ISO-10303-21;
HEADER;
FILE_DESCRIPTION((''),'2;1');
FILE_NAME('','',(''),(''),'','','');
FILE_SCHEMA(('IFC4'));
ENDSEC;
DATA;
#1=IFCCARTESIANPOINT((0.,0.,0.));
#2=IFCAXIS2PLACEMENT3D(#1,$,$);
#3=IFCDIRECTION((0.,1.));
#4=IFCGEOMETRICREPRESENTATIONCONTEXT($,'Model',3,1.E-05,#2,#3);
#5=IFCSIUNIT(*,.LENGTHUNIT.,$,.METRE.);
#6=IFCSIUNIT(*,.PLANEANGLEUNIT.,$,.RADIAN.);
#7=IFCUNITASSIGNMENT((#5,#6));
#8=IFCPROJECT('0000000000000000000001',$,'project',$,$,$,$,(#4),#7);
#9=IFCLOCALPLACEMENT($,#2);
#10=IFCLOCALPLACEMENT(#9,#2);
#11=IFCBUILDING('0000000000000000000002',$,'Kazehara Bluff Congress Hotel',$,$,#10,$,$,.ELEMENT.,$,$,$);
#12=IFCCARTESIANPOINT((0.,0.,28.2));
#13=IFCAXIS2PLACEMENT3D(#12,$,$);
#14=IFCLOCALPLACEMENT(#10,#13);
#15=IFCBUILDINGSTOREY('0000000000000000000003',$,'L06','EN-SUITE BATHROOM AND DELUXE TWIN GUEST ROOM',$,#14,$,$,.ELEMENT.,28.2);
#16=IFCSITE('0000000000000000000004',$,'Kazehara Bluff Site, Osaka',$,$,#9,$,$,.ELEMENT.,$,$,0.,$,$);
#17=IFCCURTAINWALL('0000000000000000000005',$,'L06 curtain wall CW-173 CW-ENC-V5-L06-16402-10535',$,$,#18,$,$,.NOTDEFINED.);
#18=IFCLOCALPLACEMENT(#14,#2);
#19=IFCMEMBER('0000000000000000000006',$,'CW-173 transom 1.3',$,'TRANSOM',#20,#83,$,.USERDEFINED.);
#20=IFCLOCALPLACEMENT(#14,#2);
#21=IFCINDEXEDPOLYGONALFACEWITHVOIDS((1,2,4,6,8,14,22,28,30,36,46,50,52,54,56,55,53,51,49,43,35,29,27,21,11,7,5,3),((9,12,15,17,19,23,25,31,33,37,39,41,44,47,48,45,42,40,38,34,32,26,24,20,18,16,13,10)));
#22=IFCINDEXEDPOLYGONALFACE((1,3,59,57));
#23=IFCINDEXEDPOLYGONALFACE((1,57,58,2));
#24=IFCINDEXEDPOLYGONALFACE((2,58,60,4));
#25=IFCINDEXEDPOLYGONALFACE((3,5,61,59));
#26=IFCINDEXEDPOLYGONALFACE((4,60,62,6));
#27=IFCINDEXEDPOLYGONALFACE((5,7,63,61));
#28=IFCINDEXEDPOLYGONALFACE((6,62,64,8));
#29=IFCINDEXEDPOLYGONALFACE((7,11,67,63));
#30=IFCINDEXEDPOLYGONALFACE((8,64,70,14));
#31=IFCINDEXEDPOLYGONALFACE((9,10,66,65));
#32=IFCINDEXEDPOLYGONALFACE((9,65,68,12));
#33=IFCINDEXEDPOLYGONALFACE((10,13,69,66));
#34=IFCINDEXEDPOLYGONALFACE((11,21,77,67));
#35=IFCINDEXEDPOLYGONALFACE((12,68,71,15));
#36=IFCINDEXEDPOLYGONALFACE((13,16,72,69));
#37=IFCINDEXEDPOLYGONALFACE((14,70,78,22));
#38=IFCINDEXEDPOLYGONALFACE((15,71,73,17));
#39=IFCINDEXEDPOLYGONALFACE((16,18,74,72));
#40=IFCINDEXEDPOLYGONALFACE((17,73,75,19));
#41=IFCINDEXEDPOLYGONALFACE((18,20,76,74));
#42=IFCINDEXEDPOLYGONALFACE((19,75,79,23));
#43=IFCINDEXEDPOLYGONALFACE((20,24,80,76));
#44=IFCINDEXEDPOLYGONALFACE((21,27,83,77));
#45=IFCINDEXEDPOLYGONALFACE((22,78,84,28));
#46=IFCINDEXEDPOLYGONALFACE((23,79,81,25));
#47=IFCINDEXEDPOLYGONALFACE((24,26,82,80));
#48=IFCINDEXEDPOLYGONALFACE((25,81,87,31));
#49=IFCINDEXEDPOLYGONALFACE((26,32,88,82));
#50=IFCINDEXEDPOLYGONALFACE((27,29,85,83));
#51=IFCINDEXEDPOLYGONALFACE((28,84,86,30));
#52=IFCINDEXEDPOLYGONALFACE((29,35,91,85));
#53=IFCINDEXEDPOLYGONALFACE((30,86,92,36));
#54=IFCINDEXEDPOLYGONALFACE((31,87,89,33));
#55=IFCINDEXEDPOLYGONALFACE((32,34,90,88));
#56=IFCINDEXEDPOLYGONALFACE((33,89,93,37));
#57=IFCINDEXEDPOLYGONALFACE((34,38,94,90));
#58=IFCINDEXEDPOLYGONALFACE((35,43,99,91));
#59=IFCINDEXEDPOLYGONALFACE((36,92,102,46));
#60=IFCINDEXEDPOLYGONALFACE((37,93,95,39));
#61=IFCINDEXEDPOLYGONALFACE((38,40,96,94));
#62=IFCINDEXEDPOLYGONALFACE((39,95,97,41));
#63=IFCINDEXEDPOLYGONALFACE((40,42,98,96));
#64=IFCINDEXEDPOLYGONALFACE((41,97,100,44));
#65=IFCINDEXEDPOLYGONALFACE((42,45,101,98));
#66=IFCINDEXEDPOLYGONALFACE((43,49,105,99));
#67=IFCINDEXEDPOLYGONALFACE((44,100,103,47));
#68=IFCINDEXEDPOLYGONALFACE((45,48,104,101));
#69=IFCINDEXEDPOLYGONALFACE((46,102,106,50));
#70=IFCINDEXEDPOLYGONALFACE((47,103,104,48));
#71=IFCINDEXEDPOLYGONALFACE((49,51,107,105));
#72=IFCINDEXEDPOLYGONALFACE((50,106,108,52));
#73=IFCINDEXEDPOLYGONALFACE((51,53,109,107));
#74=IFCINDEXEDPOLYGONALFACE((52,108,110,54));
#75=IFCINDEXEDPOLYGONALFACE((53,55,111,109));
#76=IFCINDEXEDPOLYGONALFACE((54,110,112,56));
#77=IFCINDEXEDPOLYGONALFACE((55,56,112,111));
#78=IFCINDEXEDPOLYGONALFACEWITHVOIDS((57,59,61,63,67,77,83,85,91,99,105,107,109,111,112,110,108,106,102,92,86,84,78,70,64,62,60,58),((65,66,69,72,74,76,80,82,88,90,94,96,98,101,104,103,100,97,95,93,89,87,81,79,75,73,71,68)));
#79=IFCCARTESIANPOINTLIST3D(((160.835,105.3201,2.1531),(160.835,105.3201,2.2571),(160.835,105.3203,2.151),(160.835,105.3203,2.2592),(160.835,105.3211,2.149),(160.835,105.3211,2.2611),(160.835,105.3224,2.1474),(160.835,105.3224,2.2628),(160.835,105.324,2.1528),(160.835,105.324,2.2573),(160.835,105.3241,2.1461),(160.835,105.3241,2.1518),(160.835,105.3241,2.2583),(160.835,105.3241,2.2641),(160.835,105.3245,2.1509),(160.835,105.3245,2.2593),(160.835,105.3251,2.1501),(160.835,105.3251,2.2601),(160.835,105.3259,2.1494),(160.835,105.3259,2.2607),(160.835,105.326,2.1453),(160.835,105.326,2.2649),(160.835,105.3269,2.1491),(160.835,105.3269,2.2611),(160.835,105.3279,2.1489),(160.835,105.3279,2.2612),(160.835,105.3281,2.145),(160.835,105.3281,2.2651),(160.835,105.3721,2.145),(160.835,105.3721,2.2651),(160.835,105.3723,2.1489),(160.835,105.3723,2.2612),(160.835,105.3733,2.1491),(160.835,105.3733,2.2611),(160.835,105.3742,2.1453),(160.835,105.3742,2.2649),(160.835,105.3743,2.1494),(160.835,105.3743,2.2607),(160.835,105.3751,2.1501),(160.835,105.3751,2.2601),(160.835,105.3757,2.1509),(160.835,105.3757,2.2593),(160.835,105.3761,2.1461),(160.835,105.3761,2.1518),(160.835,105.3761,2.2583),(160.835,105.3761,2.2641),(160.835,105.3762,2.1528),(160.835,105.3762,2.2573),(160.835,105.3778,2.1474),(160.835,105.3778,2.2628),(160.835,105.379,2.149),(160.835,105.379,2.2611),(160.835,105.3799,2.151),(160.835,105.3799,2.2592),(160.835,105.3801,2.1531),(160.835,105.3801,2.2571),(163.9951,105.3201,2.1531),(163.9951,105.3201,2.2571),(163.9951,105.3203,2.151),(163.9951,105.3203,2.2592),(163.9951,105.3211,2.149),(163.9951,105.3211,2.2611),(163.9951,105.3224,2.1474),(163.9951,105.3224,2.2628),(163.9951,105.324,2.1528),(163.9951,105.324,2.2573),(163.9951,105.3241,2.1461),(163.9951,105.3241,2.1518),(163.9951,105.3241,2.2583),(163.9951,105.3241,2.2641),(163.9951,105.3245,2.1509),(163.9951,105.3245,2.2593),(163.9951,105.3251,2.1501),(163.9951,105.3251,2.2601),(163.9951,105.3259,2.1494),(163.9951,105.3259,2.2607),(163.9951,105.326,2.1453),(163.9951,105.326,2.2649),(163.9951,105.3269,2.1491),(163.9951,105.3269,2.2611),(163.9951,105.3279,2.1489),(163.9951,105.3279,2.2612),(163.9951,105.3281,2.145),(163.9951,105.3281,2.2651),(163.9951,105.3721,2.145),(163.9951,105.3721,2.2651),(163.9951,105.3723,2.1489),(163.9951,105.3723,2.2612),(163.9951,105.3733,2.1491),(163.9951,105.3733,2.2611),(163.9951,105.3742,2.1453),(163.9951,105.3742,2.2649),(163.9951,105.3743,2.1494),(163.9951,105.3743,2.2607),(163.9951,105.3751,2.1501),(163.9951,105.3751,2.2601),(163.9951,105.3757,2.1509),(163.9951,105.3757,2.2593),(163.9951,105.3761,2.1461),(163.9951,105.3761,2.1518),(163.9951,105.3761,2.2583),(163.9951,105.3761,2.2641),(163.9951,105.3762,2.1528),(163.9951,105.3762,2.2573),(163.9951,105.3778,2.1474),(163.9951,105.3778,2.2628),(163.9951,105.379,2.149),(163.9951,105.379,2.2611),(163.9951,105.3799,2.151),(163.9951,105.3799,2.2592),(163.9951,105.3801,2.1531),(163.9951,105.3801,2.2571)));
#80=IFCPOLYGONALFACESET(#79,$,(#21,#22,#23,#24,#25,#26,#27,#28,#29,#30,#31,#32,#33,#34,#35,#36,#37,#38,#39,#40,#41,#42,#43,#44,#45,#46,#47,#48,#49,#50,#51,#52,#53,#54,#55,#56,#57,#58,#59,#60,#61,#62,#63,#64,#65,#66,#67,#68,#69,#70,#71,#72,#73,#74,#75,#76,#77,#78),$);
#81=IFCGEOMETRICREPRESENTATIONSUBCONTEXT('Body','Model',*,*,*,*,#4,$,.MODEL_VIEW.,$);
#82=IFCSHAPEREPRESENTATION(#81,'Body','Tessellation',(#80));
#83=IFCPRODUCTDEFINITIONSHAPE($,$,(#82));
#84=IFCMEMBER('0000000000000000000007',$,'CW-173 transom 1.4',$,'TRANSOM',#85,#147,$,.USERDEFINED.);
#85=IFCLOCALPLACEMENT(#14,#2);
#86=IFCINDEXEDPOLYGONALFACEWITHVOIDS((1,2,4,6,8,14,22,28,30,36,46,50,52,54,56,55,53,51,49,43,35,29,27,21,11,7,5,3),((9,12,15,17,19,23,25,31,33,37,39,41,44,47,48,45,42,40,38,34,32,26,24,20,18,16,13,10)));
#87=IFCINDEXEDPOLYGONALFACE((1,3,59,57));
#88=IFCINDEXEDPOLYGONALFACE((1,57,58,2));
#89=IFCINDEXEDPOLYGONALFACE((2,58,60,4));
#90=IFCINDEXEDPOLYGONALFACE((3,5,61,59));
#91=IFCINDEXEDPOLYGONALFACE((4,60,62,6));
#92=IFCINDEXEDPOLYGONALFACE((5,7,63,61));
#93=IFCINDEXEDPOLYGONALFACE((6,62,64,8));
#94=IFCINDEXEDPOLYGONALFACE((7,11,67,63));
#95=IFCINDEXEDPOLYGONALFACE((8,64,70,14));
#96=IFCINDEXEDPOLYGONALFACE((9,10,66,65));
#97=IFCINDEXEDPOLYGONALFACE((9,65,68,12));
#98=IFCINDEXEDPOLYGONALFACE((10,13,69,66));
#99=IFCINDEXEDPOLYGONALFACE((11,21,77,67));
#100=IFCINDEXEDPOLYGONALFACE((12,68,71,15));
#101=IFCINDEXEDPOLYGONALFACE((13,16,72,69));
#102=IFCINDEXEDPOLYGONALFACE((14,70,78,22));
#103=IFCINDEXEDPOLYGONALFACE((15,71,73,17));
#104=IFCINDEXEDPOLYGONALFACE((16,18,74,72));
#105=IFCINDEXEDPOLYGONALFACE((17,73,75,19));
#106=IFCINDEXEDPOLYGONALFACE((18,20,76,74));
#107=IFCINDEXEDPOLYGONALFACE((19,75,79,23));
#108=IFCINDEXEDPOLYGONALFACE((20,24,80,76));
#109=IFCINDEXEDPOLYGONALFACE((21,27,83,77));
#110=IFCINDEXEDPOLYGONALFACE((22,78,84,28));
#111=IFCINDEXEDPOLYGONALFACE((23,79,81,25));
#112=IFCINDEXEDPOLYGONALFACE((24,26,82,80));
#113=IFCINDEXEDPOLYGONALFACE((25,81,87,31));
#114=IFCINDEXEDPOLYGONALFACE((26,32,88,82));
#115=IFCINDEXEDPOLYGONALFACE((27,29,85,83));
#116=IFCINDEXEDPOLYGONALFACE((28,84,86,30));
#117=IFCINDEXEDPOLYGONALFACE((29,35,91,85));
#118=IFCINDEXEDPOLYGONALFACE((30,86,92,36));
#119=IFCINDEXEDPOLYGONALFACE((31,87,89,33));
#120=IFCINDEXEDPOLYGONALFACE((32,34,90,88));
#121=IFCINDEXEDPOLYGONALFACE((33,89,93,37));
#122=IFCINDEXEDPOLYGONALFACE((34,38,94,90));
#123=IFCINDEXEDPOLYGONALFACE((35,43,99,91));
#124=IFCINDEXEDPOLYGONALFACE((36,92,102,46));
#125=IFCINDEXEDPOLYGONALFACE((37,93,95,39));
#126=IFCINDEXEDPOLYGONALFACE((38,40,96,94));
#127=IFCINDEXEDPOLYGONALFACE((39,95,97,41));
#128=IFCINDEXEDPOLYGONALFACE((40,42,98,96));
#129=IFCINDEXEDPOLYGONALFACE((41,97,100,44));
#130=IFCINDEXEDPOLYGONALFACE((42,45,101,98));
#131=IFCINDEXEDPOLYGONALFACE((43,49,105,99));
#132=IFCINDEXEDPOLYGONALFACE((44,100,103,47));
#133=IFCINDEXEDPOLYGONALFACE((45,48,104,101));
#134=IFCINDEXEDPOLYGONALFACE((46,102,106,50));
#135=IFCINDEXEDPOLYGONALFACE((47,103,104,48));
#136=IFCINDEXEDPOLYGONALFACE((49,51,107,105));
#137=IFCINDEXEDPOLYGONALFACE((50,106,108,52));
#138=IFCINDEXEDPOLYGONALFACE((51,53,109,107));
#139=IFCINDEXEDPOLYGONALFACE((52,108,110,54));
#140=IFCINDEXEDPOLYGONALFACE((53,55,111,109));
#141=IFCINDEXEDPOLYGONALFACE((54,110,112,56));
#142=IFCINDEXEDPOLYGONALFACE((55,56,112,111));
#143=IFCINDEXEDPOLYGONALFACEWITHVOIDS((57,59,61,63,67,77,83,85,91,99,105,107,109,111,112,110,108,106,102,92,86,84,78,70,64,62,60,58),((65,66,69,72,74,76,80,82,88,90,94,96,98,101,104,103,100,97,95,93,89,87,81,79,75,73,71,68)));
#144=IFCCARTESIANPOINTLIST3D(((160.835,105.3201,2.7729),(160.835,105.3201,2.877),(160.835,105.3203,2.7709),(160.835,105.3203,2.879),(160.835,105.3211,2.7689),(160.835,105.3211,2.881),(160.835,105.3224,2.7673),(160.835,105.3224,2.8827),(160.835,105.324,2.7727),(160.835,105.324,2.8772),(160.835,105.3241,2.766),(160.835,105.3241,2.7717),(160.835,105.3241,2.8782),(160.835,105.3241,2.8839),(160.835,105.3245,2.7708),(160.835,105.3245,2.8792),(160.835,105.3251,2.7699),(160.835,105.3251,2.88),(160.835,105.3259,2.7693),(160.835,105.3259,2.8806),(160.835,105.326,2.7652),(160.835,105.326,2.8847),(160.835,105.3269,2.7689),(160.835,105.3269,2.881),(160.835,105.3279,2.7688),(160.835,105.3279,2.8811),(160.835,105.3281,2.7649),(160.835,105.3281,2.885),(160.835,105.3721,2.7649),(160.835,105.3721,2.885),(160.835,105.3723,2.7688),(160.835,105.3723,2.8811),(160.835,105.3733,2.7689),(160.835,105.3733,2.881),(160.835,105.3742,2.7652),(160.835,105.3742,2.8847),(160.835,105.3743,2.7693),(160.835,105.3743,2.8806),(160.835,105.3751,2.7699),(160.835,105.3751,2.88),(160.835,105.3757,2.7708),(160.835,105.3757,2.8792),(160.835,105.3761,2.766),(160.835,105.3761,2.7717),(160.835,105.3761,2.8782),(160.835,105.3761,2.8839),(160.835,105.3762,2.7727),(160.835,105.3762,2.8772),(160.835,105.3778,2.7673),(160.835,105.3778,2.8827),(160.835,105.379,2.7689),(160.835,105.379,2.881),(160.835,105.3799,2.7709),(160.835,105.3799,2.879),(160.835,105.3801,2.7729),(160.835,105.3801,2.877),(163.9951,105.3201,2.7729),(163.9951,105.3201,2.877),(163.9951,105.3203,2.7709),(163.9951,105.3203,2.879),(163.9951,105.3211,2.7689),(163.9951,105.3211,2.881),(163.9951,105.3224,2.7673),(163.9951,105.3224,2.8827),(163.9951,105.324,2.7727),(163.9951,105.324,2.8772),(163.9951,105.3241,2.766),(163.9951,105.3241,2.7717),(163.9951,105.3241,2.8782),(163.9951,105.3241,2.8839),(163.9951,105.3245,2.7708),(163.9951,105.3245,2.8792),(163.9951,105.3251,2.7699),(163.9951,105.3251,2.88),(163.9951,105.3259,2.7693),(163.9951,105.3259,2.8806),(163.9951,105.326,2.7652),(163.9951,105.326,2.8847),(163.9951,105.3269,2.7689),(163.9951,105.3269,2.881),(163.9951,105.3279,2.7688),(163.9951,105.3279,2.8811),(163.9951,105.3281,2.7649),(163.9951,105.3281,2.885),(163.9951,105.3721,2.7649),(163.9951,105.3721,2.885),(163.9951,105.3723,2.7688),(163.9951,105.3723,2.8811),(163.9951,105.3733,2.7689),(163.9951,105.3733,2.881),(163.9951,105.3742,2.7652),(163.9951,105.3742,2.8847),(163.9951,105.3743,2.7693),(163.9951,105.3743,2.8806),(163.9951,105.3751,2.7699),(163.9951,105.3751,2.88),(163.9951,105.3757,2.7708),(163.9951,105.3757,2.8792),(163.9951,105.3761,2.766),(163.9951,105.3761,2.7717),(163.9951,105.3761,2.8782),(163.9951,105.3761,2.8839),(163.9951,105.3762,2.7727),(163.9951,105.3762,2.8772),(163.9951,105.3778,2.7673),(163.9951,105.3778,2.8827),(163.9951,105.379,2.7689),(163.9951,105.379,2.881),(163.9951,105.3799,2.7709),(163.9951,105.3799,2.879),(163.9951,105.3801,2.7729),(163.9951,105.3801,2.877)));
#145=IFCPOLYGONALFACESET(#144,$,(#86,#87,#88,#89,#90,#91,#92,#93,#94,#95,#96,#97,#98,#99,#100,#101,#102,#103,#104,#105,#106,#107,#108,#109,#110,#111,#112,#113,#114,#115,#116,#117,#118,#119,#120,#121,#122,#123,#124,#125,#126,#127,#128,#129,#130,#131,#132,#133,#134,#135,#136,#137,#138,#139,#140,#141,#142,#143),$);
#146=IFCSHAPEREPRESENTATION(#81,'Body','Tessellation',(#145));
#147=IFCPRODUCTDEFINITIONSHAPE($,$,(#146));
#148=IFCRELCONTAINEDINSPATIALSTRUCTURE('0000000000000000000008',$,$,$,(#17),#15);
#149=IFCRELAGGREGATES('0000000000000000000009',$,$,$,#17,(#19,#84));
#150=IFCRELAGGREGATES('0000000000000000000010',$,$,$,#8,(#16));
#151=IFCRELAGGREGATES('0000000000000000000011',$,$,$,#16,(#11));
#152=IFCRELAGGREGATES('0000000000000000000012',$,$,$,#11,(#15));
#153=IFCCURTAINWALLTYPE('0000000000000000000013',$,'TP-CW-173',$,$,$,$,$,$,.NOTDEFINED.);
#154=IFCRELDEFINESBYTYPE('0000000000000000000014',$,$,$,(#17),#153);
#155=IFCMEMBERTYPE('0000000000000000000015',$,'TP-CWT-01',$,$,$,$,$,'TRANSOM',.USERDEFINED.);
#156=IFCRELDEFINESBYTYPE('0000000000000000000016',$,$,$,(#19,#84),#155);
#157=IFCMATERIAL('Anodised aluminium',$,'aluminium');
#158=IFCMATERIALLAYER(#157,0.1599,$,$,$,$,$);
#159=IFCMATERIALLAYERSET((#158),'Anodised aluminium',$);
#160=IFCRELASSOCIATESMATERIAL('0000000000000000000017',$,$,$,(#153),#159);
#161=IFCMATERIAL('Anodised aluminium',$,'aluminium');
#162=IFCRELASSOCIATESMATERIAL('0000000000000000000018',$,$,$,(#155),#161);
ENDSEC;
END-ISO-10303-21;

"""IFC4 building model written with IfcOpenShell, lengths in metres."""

from ifc_helpers import new_model, si_unit, direction, frame, origin, origin_2d, place, context, subcontext, project, spatial, hollow_rectangle, extrude, material, layer, layer_set, material_profile, profile_set, type_object, element, aggregate, save


model = new_model("IFC4")

# Units and contexts
model_context = context("Model", 3, precision=1e-05, world=origin(), true_north=direction((0.0, 1.0)))
body_context = subcontext(model_context, "Body", "Model", "MODEL_VIEW")
ifc_project = project(units=[si_unit("LENGTHUNIT", "METRE"), si_unit("PLANEANGLEUNIT", "RADIAN")], contexts=[model_context])

# Site, building, storey
site_placement = place(None, origin())
site = spatial("IfcSite", under=ifc_project, at=site_placement, Name="Kazehara Bluff Site, Osaka", CompositionType="ELEMENT", RefElevation=0.0)
building_placement = place(site_placement, origin())
building = spatial("IfcBuilding", under=site, at=building_placement, Name="Kazehara Bluff Congress Hotel", CompositionType="ELEMENT")
storey_placement = place(building_placement, frame((0.0, 0.0, 28.2)))
storey = spatial("IfcBuildingStorey", under=building, at=storey_placement, Name="L06", Description="EN-SUITE BATHROOM AND DELUXE TWIN GUEST ROOM", CompositionType="ELEMENT", Elevation=28.2)

# Curtain wall, members
ifc_material_1 = material(Name="Anodised aluminium", Category="aluminium")
ifc_layer_1 = layer(ifc_material_1, 0.1599)
ifc_layer_set_1 = layer_set([ifc_layer_1], Name="Anodised aluminium")
curtain_wall_type = type_object("IfcCurtainWallType", Name="TP-CW-173", PredefinedType="NOTDEFINED", material=ifc_layer_set_1)
curtain_wall_placement = place(storey_placement, origin())
curtain_wall = element("IfcCurtainWall", 1, at=curtain_wall_placement, inside=storey, type_object=curtain_wall_type, Name="L06 curtain wall CW-173 CW-ENC-V5-L06-16402-10535", PredefinedType="NOTDEFINED")
ifc_material_2 = material(Name="Anodised aluminium", Category="aluminium")
ifc_material_profile_1 = material_profile(ifc_material_2, hollow_rectangle(XDim=0.0601, YDim=0.1201, WallThickness=0.0039, InnerFilletRadius=0.0039, OuterFilletRadius=0.0081, at=origin_2d()))
ifc_profile_set_1 = profile_set([ifc_material_profile_1], Name="Anodised aluminium")
member_type_1 = type_object("IfcMemberType", Name="TP-CWT-01", ElementType="TRANSOM", PredefinedType="USERDEFINED", material=ifc_profile_set_1)
member_1_placement = place(storey_placement, frame((160.835, 105.3501, 2.2051), z_axis=(1.0, 0.0, 0.0), x_axis=(0.0, 1.0, 0.0)))
member_1 = element("IfcMember", 2, at=member_1_placement, type_object=member_type_1, Name="CW-173 transom 1.3", ObjectType="TRANSOM", PredefinedType="USERDEFINED", context=body_context, shape_type="SweptSolid", body=[
    extrude(hollow_rectangle(XDim=0.0601, YDim=0.1201, WallThickness=0.0039, InnerFilletRadius=0.0039, OuterFilletRadius=0.0081, at=origin_2d()), origin(), (0.0, 0.0, 1.0), 3.1602),
])
member_2_placement = place(storey_placement, frame((160.835, 105.3501, 2.825), z_axis=(1.0, 0.0, 0.0), x_axis=(0.0, 1.0, 0.0)))
member_2 = element("IfcMember", 3, at=member_2_placement, type_object=member_type_1, Name="CW-173 transom 1.4", ObjectType="TRANSOM", PredefinedType="USERDEFINED", context=body_context, shape_type="SweptSolid", body=[
    extrude(hollow_rectangle(XDim=0.0601, YDim=0.1201, WallThickness=0.0039, InnerFilletRadius=0.0039, OuterFilletRadius=0.0081, at=origin_2d()), origin(), (0.0, 0.0, 1.0), 3.1602),
])

aggregate(curtain_wall, [member_1, member_2])

save(model, "model.ifc")
